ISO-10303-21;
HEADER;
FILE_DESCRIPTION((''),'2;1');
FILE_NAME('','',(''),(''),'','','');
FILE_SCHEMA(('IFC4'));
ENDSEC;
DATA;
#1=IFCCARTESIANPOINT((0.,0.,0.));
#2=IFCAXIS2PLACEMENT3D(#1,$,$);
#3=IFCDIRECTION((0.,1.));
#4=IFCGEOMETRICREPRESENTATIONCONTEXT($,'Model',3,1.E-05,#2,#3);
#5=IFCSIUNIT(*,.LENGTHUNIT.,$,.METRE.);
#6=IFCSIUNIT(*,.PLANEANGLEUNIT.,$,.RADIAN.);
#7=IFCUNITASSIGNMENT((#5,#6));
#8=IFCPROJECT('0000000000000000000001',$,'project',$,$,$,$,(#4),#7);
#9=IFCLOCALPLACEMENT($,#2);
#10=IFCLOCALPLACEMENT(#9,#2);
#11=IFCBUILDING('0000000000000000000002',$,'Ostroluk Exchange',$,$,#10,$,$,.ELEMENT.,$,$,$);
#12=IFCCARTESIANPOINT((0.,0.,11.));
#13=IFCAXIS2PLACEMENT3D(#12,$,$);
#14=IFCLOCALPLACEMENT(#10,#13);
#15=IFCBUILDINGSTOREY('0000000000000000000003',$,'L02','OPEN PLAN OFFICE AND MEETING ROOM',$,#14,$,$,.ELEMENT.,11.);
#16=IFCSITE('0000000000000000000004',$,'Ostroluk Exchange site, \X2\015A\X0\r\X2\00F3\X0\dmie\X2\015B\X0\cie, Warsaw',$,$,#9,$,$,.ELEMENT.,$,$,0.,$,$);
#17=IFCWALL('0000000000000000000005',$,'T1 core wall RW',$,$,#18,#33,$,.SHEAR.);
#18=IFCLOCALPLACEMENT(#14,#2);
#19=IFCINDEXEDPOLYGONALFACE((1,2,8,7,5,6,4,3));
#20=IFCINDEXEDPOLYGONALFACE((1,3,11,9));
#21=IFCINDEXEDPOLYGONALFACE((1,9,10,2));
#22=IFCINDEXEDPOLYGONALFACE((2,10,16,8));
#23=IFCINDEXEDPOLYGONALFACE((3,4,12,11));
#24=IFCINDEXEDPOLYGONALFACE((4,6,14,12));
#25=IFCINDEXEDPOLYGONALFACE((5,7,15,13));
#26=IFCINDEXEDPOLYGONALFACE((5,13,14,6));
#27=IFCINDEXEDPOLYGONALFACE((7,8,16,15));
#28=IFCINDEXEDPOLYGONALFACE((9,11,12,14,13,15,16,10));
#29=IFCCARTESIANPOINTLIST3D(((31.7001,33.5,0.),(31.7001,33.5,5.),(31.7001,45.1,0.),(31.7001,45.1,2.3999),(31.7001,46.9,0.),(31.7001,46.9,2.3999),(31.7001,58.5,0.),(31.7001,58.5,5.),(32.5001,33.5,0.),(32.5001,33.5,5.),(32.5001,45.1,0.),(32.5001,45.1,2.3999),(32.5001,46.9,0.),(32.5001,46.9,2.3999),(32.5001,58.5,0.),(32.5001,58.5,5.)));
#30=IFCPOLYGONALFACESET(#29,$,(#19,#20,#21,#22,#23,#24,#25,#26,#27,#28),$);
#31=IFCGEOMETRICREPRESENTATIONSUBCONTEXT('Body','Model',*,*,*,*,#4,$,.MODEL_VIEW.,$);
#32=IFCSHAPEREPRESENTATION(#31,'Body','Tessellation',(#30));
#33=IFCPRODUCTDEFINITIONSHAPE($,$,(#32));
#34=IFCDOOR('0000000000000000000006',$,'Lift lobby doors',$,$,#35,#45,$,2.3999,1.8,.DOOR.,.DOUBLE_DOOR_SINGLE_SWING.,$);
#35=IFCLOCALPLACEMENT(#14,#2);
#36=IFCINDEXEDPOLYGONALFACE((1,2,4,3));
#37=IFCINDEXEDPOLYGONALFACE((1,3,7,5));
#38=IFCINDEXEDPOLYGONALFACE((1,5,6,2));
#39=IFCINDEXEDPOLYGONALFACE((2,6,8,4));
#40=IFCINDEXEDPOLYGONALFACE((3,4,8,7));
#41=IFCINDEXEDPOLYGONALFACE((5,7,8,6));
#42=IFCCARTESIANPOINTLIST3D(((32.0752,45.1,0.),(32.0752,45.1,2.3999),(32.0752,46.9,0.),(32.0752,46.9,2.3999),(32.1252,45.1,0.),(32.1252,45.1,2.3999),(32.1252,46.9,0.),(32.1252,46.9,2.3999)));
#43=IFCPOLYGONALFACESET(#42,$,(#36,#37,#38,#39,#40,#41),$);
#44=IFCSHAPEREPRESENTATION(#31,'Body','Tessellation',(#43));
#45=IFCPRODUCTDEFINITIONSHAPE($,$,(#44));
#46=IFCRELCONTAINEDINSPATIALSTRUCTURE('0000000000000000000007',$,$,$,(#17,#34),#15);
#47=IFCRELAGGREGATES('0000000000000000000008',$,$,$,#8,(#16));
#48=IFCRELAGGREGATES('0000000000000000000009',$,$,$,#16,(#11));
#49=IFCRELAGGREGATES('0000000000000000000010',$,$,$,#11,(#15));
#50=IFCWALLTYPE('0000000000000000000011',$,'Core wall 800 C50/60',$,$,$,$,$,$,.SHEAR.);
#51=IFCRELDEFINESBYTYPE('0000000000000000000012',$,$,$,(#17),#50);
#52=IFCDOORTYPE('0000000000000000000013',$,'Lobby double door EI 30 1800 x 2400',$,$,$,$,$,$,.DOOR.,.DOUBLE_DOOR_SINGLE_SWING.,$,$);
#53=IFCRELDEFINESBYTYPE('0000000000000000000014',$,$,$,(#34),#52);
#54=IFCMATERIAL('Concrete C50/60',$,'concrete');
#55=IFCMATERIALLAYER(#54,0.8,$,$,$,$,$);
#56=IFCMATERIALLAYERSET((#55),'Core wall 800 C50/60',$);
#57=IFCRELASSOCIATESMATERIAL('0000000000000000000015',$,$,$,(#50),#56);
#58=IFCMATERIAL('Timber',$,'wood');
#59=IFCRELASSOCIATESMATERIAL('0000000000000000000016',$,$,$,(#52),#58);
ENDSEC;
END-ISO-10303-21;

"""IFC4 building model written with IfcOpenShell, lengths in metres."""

from ifc_helpers import new_model, si_unit, direction, frame, frame_2d, origin, place, context, subcontext, project, spatial, rectangle, extrude, material, layer, layer_set, type_object, element, fill, save


model = new_model("IFC4")

# Units and contexts
model_context = context("Model", 3, precision=1e-05, world=origin(), true_north=direction((0.0, 1.0)))
body_context = subcontext(model_context, "Body", "Model", "MODEL_VIEW")
ifc_project = project(units=[si_unit("LENGTHUNIT", "METRE"), si_unit("PLANEANGLEUNIT", "RADIAN")], contexts=[model_context])

# Site, building, storey
site_placement = place(None, origin())
site = spatial("IfcSite", under=ifc_project, at=site_placement, Name="Ostroluk Exchange site, Śródmieście, Warsaw", CompositionType="ELEMENT", RefElevation=0.0)
building_placement = place(site_placement, origin())
building = spatial("IfcBuilding", under=site, at=building_placement, Name="Ostroluk Exchange", CompositionType="ELEMENT")
storey_placement = place(building_placement, frame((0.0, 0.0, 11.0)))
storey = spatial("IfcBuildingStorey", under=building, at=storey_placement, Name="L02", Description="OPEN PLAN OFFICE AND MEETING ROOM", CompositionType="ELEMENT", Elevation=11.0)

# Shared definitions
ifc_material_1 = material(Name="Concrete C50/60", Category="concrete")
ifc_layer_1 = layer(ifc_material_1, 0.8)
ifc_layer_set_1 = layer_set([ifc_layer_1], Name="Core wall 800 C50/60")
wall_type_1 = type_object("IfcWallType", Name="Core wall 800 C50/60", PredefinedType="SHEAR", material=ifc_layer_set_1)

# Wall, opening, door
wall_1_placement = place(storey_placement, frame((32.1001, 33.5, 0.0), z_axis=(0.0, 0.0, 1.0), x_axis=(0.0, 1.0, 0.0)))
wall_1 = element("IfcWall", 1, at=wall_1_placement, inside=storey, type_object=wall_type_1, Name="T1 core wall RW", PredefinedType="SHEAR", context=body_context, shape_type="SweptSolid", body=[
    extrude(rectangle(XDim=25.0, YDim=0.8, at=frame_2d((12.5, 0.0))), origin(), (0.0, 0.0, 1.0), 5.0),
])
opening_1_placement = place(wall_1_placement, frame((11.6001, 0.0, 0.0)))
opening_1 = element("IfcOpeningElement", 2, at=opening_1_placement, cuts=wall_1, PredefinedType="OPENING", context=body_context, shape_type="SweptSolid", body=[
    extrude(rectangle(XDim=1.8, YDim=2.3999, at=frame_2d((0.8999, 1.2))), frame((0.0, 0.4099, 0.0), z_axis=(0.0, -1.0, 0.0), x_axis=(1.0, 0.0, 0.0)), (0.0, 0.0, 1.0), 0.8201),
])
ifc_material_2 = material(Name="Timber", Category="wood")
door_type_1 = type_object("IfcDoorType", Name="Lobby double door EI 30 1800 x 2400", OperationType="DOUBLE_DOOR_SINGLE_SWING", PredefinedType="DOOR", material=ifc_material_2)
door_1_placement = place(opening_1_placement, origin())
door_1 = element("IfcDoor", 3, at=door_1_placement, inside=storey, type_object=door_type_1, Name="Lift lobby doors", OperationType="DOUBLE_DOOR_SINGLE_SWING", OverallHeight=2.3999, OverallWidth=1.8, PredefinedType="DOOR", context=body_context, shape_type="SweptSolid", body=[
    extrude(rectangle(XDim=1.8, YDim=2.3999, at=frame_2d((0.8999, 1.2))), frame((0.0, 0.0249, 0.0), z_axis=(0.0, -1.0, 0.0), x_axis=(1.0, 0.0, 0.0)), (0.0, 0.0, 1.0), 0.05),
])
fill(opening_1, door_1)

save(model, "model.ifc")
